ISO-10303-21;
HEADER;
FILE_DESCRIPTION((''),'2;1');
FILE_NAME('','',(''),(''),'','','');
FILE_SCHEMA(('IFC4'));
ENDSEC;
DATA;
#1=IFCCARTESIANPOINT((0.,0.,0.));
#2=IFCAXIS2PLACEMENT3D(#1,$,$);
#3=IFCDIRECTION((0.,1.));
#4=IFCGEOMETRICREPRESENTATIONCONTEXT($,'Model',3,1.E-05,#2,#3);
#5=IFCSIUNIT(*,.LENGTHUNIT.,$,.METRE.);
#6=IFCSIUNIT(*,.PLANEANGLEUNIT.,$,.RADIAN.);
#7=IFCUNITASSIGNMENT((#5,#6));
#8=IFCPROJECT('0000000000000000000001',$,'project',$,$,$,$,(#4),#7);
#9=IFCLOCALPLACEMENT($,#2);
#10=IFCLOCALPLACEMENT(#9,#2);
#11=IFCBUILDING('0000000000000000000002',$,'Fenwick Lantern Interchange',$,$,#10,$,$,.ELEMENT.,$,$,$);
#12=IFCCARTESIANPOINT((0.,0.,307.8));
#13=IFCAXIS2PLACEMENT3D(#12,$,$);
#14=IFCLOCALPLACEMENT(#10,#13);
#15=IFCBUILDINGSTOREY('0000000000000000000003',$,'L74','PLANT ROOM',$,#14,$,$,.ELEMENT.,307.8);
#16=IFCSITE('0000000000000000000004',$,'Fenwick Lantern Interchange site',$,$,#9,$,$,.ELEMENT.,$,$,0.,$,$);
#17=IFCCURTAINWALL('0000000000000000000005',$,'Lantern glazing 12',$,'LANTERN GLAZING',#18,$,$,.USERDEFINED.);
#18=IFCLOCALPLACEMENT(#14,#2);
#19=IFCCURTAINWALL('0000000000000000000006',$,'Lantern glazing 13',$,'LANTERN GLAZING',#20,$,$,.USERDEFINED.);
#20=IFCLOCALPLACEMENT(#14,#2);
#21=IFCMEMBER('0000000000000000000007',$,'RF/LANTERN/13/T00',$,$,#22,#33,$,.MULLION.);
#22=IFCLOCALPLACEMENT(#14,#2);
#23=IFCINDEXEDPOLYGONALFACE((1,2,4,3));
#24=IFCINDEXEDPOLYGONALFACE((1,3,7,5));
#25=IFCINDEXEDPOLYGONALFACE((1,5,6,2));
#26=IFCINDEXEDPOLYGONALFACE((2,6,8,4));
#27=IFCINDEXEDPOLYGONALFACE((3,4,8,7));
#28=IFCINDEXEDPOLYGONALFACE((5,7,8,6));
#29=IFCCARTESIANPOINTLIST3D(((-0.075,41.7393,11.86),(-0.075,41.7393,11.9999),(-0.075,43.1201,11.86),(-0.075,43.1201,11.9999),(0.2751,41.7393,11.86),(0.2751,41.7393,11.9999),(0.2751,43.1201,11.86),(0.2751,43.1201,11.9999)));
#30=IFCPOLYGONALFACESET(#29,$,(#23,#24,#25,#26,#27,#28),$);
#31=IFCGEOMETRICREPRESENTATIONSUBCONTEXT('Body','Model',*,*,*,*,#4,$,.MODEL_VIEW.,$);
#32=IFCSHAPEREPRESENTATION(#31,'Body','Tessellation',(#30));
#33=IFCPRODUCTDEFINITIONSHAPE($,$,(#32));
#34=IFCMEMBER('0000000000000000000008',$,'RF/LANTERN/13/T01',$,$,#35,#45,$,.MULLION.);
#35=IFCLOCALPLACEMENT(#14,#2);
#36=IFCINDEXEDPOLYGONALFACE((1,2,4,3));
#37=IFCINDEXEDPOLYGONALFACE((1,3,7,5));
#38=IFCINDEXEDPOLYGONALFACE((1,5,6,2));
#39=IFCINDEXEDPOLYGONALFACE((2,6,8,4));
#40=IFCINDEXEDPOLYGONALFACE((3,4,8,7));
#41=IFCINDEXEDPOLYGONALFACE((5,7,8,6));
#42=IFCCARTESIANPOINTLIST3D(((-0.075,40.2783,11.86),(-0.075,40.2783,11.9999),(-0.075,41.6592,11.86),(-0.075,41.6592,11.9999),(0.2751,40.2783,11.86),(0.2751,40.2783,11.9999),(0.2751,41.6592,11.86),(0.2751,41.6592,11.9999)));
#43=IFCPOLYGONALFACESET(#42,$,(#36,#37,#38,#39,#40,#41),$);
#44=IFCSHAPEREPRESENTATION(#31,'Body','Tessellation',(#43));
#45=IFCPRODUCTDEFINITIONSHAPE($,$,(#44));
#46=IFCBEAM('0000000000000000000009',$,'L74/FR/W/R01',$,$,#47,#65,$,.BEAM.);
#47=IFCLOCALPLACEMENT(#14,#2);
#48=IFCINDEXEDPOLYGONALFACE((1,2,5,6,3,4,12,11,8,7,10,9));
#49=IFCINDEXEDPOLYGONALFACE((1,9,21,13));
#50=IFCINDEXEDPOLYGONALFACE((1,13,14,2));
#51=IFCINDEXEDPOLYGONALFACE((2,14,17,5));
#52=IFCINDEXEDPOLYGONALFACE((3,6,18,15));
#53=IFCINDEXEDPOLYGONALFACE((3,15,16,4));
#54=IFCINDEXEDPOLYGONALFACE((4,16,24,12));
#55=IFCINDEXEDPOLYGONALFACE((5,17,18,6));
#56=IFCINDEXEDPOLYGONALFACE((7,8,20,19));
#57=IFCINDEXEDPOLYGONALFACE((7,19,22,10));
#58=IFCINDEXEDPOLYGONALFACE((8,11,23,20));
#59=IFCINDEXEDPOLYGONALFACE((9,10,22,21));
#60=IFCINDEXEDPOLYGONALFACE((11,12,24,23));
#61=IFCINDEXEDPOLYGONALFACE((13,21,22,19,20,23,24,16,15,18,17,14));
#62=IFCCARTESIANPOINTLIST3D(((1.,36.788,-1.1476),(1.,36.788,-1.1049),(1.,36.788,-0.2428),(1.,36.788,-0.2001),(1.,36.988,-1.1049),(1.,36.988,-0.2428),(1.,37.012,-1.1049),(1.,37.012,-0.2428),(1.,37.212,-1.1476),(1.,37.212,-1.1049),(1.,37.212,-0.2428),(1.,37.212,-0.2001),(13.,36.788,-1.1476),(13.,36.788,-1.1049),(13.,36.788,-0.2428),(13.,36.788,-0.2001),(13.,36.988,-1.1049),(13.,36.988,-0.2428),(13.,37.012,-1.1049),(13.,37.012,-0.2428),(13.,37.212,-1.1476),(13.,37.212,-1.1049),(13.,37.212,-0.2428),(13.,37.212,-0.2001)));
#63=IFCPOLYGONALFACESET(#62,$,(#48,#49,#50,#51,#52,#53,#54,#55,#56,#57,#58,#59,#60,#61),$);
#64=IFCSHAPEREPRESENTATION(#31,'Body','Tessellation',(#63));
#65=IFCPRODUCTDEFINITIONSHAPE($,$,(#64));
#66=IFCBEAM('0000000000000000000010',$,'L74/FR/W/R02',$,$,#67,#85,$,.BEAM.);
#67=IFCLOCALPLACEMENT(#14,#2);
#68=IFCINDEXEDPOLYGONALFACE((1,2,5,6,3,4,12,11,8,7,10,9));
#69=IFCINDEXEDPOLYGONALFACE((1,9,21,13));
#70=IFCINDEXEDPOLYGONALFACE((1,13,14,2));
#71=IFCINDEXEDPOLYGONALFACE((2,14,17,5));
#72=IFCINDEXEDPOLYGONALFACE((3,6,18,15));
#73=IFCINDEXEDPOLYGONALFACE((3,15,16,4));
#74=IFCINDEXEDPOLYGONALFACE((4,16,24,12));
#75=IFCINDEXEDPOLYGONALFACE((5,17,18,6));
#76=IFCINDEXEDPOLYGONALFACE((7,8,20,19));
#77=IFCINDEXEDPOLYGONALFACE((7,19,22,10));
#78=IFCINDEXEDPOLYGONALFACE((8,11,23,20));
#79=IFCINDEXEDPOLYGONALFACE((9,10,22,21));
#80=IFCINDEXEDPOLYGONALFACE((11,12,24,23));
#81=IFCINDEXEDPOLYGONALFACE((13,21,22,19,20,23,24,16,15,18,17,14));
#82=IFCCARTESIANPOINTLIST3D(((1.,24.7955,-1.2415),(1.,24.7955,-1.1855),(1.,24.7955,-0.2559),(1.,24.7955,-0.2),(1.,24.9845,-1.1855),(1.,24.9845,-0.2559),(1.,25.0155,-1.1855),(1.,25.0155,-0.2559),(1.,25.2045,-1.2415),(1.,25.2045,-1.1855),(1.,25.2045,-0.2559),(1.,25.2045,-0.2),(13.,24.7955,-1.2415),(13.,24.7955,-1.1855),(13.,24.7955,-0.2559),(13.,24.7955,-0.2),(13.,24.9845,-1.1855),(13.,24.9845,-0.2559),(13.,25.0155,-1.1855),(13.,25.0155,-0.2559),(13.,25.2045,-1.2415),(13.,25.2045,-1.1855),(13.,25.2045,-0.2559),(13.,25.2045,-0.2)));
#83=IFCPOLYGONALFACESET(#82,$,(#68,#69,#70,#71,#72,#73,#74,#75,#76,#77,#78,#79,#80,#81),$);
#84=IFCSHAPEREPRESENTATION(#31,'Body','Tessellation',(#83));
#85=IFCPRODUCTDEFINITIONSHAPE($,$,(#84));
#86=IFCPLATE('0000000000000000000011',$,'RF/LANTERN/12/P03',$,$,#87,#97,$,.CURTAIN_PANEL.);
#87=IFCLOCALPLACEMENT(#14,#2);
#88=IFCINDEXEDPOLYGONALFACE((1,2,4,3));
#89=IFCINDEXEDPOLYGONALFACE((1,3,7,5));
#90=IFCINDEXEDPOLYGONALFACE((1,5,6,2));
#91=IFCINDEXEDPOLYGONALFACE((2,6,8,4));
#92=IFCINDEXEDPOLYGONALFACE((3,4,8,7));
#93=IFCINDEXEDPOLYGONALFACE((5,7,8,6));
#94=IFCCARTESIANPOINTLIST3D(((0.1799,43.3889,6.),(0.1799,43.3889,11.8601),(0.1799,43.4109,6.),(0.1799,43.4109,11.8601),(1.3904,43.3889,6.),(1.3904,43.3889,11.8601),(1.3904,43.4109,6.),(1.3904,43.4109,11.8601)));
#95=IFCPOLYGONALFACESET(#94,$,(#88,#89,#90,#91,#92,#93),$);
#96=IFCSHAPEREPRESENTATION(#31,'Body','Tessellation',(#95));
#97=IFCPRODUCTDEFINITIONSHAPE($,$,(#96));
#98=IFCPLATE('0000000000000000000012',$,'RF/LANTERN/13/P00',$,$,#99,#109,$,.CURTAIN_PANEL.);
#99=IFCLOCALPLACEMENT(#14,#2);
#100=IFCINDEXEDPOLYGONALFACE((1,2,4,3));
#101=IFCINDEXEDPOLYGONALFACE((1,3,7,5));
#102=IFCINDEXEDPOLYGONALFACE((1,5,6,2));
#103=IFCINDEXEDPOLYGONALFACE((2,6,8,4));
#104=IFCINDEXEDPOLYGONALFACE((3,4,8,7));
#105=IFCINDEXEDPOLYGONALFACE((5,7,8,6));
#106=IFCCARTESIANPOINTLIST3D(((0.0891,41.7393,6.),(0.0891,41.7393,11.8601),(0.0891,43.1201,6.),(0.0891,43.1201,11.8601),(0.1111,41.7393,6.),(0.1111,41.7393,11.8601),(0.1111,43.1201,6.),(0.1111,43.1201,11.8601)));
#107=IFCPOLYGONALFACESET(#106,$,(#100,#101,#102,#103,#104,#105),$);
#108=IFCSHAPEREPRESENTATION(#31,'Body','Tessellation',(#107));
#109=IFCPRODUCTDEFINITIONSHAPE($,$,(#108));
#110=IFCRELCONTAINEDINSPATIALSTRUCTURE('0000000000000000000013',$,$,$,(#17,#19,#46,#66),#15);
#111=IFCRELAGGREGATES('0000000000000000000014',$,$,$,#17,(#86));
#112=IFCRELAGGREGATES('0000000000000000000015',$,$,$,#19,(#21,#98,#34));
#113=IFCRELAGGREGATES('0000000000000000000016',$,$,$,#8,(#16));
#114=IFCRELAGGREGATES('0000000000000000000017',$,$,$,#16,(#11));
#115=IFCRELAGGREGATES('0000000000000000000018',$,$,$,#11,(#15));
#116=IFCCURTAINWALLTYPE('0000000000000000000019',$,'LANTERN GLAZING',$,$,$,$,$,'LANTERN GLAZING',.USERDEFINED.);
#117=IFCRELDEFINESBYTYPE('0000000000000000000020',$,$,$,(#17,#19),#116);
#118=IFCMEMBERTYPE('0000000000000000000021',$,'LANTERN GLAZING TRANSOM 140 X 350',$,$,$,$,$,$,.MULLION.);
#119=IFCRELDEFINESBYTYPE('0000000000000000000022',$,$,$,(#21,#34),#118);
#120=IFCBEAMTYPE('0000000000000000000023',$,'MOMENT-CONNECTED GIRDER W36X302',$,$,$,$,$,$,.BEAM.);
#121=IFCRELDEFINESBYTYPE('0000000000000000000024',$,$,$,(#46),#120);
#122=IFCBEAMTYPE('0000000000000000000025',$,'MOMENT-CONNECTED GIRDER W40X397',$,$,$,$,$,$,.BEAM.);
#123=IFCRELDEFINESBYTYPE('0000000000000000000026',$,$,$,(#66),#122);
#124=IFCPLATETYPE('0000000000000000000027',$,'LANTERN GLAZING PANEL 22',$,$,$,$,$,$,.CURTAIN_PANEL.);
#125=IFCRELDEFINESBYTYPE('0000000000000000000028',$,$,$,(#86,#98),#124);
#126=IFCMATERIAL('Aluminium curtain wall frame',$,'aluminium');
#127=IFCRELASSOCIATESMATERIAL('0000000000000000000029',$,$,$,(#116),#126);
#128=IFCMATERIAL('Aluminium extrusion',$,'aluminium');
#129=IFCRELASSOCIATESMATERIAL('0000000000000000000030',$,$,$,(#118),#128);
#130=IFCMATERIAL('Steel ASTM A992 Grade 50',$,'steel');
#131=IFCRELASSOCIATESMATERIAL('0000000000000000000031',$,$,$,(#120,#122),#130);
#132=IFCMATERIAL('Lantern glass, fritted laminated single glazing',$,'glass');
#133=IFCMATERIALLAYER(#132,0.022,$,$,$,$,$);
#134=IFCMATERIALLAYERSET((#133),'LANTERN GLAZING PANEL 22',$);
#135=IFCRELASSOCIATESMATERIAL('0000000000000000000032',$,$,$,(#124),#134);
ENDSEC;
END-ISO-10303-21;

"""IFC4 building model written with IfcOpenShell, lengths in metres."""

from ifc_helpers import new_model, si_unit, direction, frame, origin, origin_2d, place, context, subcontext, project, spatial, rectangle, i_section, extrude, material, layer, layer_set, material_profile, profile_set, type_object, element, aggregate, save


model = new_model("IFC4")

# Units and contexts
model_context = context("Model", 3, precision=1e-05, world=origin(), true_north=direction((0.0, 1.0)))
body_context = subcontext(model_context, "Body", "Model", "MODEL_VIEW")
ifc_project = project(units=[si_unit("LENGTHUNIT", "METRE"), si_unit("PLANEANGLEUNIT", "RADIAN")], contexts=[model_context])

# Site, building, storey
site_placement = place(None, origin())
site = spatial("IfcSite", under=ifc_project, at=site_placement, Name="Fenwick Lantern Interchange site", CompositionType="ELEMENT", RefElevation=0.0)
building_placement = place(site_placement, origin())
building = spatial("IfcBuilding", under=site, at=building_placement, Name="Fenwick Lantern Interchange", CompositionType="ELEMENT")
storey_placement = place(building_placement, frame((0.0, 0.0, 307.8)))
storey = spatial("IfcBuildingStorey", under=building, at=storey_placement, Name="L74", Description="PLANT ROOM", CompositionType="ELEMENT", Elevation=307.8)

# Shared definitions
ifc_material_1 = material(Name="Steel ASTM A992 Grade 50", Category="steel")

# Shared definitions
ifc_material_2 = material(Name="Aluminium curtain wall frame", Category="aluminium")
curtain_wall_type = type_object("IfcCurtainWallType", Name="LANTERN GLAZING", ElementType="LANTERN GLAZING", PredefinedType="USERDEFINED", material=ifc_material_2)
ifc_material_3 = material(Name="Aluminium extrusion", Category="aluminium")

# Curtain wall
curtain_wall_1_placement = place(storey_placement, origin())
curtain_wall_1 = element("IfcCurtainWall", 1, at=curtain_wall_1_placement, inside=storey, type_object=curtain_wall_type, Name="Lantern glazing 12", ObjectType="LANTERN GLAZING", PredefinedType="USERDEFINED")

# Curtain wall
curtain_wall_2_placement = place(storey_placement, origin())
curtain_wall_2 = element("IfcCurtainWall", 2, at=curtain_wall_2_placement, inside=storey, type_object=curtain_wall_type, Name="Lantern glazing 13", ObjectType="LANTERN GLAZING", PredefinedType="USERDEFINED")

# Members
ifc_material_profile_1 = material_profile(ifc_material_3, rectangle(XDim=0.3501, YDim=0.1399, at=origin_2d()), Name="LANTERN GLAZING TRANSOM 140 X 350")
ifc_profile_set_1 = profile_set([ifc_material_profile_1], Name="Aluminium extrusion")
member_type_1 = type_object("IfcMemberType", Name="LANTERN GLAZING TRANSOM 140 X 350", PredefinedType="MULLION", material=ifc_profile_set_1)
member_1_placement = place(storey_placement, frame((0.1001, 43.1201, 11.9299), z_axis=(0.0, -1.0, 0.0), x_axis=(1.0, 0.0, 0.0)))
member_1 = element("IfcMember", 3, at=member_1_placement, type_object=member_type_1, Name="RF/LANTERN/13/T00", PredefinedType="MULLION", context=body_context, shape_type="SweptSolid", body=[
    extrude(rectangle(XDim=0.3501, YDim=0.1399, at=origin_2d()), origin(), (0.0, 0.0, 1.0), 1.3809),
])
member_2_placement = place(storey_placement, frame((0.1001, 41.6592, 11.9299), z_axis=(0.0, -1.0, 0.0), x_axis=(1.0, 0.0, 0.0)))
member_2 = element("IfcMember", 4, at=member_2_placement, type_object=member_type_1, Name="RF/LANTERN/13/T01", PredefinedType="MULLION", context=body_context, shape_type="SweptSolid", body=[
    extrude(rectangle(XDim=0.3501, YDim=0.1399, at=origin_2d()), origin(), (0.0, 0.0, 1.0), 1.3809),
])

# Beams
ifc_material_profile_2 = material_profile(ifc_material_1, i_section(OverallWidth=0.4241, OverallDepth=0.9475, WebThickness=0.0239, FlangeThickness=0.0427, at=origin_2d()), Name="W36X302")
ifc_profile_set_2 = profile_set([ifc_material_profile_2], Name="Steel ASTM A992 Grade 50")
beam_type_1 = type_object("IfcBeamType", Name="MOMENT-CONNECTED GIRDER W36X302", PredefinedType="BEAM", material=ifc_profile_set_2)
beam_1_placement = place(storey_placement, frame((1.0, 37.0, -0.6738), z_axis=(1.0, 0.0, 0.0), x_axis=(0.0, 1.0, 0.0)))
element("IfcBeam", 5, at=beam_1_placement, inside=storey, type_object=beam_type_1, Name="L74/FR/W/R01", PredefinedType="BEAM", context=body_context, shape_type="SweptSolid", body=[
    extrude(i_section(OverallWidth=0.4241, OverallDepth=0.9475, WebThickness=0.0239, FlangeThickness=0.0427, at=origin_2d()), origin(), (0.0, 0.0, 1.0), 12.0),
])
ifc_material_profile_3 = material_profile(ifc_material_1, i_section(OverallWidth=0.4089, OverallDepth=1.0415, WebThickness=0.031, FlangeThickness=0.0559, at=origin_2d()), Name="W40X397")
ifc_profile_set_3 = profile_set([ifc_material_profile_3], Name="Steel ASTM A992 Grade 50")
beam_type_2 = type_object("IfcBeamType", Name="MOMENT-CONNECTED GIRDER W40X397", PredefinedType="BEAM", material=ifc_profile_set_3)
beam_2_placement = place(storey_placement, frame((1.0, 25.0, -0.7207), z_axis=(1.0, 0.0, 0.0), x_axis=(0.0, 1.0, 0.0)))
element("IfcBeam", 6, at=beam_2_placement, inside=storey, type_object=beam_type_2, Name="L74/FR/W/R02", PredefinedType="BEAM", context=body_context, shape_type="SweptSolid", body=[
    extrude(i_section(OverallWidth=0.4089, OverallDepth=1.0415, WebThickness=0.031, FlangeThickness=0.0559, at=origin_2d()), origin(), (0.0, 0.0, 1.0), 12.0),
])

# Plates
ifc_material_4 = material(Name="Lantern glass, fritted laminated single glazing", Category="glass")
ifc_layer_1 = layer(ifc_material_4, 0.022)
ifc_layer_set_1 = layer_set([ifc_layer_1], Name="LANTERN GLAZING PANEL 22")
plate_type = type_object("IfcPlateType", Name="LANTERN GLAZING PANEL 22", PredefinedType="CURTAIN_PANEL", material=ifc_layer_set_1)
plate_1_placement = place(storey_placement, frame((0.7852, 43.3999, 6.0), z_axis=(0.0, 0.0, 1.0), x_axis=(-1.0, 0.0, 0.0)))
plate_1 = element("IfcPlate", 7, at=plate_1_placement, type_object=plate_type, Name="RF/LANTERN/12/P03", PredefinedType="CURTAIN_PANEL", context=body_context, shape_type="SweptSolid", body=[
    extrude(rectangle(XDim=1.2104, YDim=0.022, at=origin_2d()), origin(), (0.0, 0.0, 1.0), 5.8601),
])
aggregate(curtain_wall_1, [plate_1])
plate_2_placement = place(storey_placement, frame((0.1001, 42.4297, 6.0), z_axis=(0.0, 0.0, 1.0), x_axis=(0.0, -1.0, 0.0)))
plate_2 = element("IfcPlate", 8, at=plate_2_placement, type_object=plate_type, Name="RF/LANTERN/13/P00", PredefinedType="CURTAIN_PANEL", context=body_context, shape_type="SweptSolid", body=[
    extrude(rectangle(XDim=1.3809, YDim=0.022, at=origin_2d()), origin(), (0.0, 0.0, 1.0), 5.8601),
])
aggregate(curtain_wall_2, [member_1, plate_2, member_2])

save(model, "model.ifc")
